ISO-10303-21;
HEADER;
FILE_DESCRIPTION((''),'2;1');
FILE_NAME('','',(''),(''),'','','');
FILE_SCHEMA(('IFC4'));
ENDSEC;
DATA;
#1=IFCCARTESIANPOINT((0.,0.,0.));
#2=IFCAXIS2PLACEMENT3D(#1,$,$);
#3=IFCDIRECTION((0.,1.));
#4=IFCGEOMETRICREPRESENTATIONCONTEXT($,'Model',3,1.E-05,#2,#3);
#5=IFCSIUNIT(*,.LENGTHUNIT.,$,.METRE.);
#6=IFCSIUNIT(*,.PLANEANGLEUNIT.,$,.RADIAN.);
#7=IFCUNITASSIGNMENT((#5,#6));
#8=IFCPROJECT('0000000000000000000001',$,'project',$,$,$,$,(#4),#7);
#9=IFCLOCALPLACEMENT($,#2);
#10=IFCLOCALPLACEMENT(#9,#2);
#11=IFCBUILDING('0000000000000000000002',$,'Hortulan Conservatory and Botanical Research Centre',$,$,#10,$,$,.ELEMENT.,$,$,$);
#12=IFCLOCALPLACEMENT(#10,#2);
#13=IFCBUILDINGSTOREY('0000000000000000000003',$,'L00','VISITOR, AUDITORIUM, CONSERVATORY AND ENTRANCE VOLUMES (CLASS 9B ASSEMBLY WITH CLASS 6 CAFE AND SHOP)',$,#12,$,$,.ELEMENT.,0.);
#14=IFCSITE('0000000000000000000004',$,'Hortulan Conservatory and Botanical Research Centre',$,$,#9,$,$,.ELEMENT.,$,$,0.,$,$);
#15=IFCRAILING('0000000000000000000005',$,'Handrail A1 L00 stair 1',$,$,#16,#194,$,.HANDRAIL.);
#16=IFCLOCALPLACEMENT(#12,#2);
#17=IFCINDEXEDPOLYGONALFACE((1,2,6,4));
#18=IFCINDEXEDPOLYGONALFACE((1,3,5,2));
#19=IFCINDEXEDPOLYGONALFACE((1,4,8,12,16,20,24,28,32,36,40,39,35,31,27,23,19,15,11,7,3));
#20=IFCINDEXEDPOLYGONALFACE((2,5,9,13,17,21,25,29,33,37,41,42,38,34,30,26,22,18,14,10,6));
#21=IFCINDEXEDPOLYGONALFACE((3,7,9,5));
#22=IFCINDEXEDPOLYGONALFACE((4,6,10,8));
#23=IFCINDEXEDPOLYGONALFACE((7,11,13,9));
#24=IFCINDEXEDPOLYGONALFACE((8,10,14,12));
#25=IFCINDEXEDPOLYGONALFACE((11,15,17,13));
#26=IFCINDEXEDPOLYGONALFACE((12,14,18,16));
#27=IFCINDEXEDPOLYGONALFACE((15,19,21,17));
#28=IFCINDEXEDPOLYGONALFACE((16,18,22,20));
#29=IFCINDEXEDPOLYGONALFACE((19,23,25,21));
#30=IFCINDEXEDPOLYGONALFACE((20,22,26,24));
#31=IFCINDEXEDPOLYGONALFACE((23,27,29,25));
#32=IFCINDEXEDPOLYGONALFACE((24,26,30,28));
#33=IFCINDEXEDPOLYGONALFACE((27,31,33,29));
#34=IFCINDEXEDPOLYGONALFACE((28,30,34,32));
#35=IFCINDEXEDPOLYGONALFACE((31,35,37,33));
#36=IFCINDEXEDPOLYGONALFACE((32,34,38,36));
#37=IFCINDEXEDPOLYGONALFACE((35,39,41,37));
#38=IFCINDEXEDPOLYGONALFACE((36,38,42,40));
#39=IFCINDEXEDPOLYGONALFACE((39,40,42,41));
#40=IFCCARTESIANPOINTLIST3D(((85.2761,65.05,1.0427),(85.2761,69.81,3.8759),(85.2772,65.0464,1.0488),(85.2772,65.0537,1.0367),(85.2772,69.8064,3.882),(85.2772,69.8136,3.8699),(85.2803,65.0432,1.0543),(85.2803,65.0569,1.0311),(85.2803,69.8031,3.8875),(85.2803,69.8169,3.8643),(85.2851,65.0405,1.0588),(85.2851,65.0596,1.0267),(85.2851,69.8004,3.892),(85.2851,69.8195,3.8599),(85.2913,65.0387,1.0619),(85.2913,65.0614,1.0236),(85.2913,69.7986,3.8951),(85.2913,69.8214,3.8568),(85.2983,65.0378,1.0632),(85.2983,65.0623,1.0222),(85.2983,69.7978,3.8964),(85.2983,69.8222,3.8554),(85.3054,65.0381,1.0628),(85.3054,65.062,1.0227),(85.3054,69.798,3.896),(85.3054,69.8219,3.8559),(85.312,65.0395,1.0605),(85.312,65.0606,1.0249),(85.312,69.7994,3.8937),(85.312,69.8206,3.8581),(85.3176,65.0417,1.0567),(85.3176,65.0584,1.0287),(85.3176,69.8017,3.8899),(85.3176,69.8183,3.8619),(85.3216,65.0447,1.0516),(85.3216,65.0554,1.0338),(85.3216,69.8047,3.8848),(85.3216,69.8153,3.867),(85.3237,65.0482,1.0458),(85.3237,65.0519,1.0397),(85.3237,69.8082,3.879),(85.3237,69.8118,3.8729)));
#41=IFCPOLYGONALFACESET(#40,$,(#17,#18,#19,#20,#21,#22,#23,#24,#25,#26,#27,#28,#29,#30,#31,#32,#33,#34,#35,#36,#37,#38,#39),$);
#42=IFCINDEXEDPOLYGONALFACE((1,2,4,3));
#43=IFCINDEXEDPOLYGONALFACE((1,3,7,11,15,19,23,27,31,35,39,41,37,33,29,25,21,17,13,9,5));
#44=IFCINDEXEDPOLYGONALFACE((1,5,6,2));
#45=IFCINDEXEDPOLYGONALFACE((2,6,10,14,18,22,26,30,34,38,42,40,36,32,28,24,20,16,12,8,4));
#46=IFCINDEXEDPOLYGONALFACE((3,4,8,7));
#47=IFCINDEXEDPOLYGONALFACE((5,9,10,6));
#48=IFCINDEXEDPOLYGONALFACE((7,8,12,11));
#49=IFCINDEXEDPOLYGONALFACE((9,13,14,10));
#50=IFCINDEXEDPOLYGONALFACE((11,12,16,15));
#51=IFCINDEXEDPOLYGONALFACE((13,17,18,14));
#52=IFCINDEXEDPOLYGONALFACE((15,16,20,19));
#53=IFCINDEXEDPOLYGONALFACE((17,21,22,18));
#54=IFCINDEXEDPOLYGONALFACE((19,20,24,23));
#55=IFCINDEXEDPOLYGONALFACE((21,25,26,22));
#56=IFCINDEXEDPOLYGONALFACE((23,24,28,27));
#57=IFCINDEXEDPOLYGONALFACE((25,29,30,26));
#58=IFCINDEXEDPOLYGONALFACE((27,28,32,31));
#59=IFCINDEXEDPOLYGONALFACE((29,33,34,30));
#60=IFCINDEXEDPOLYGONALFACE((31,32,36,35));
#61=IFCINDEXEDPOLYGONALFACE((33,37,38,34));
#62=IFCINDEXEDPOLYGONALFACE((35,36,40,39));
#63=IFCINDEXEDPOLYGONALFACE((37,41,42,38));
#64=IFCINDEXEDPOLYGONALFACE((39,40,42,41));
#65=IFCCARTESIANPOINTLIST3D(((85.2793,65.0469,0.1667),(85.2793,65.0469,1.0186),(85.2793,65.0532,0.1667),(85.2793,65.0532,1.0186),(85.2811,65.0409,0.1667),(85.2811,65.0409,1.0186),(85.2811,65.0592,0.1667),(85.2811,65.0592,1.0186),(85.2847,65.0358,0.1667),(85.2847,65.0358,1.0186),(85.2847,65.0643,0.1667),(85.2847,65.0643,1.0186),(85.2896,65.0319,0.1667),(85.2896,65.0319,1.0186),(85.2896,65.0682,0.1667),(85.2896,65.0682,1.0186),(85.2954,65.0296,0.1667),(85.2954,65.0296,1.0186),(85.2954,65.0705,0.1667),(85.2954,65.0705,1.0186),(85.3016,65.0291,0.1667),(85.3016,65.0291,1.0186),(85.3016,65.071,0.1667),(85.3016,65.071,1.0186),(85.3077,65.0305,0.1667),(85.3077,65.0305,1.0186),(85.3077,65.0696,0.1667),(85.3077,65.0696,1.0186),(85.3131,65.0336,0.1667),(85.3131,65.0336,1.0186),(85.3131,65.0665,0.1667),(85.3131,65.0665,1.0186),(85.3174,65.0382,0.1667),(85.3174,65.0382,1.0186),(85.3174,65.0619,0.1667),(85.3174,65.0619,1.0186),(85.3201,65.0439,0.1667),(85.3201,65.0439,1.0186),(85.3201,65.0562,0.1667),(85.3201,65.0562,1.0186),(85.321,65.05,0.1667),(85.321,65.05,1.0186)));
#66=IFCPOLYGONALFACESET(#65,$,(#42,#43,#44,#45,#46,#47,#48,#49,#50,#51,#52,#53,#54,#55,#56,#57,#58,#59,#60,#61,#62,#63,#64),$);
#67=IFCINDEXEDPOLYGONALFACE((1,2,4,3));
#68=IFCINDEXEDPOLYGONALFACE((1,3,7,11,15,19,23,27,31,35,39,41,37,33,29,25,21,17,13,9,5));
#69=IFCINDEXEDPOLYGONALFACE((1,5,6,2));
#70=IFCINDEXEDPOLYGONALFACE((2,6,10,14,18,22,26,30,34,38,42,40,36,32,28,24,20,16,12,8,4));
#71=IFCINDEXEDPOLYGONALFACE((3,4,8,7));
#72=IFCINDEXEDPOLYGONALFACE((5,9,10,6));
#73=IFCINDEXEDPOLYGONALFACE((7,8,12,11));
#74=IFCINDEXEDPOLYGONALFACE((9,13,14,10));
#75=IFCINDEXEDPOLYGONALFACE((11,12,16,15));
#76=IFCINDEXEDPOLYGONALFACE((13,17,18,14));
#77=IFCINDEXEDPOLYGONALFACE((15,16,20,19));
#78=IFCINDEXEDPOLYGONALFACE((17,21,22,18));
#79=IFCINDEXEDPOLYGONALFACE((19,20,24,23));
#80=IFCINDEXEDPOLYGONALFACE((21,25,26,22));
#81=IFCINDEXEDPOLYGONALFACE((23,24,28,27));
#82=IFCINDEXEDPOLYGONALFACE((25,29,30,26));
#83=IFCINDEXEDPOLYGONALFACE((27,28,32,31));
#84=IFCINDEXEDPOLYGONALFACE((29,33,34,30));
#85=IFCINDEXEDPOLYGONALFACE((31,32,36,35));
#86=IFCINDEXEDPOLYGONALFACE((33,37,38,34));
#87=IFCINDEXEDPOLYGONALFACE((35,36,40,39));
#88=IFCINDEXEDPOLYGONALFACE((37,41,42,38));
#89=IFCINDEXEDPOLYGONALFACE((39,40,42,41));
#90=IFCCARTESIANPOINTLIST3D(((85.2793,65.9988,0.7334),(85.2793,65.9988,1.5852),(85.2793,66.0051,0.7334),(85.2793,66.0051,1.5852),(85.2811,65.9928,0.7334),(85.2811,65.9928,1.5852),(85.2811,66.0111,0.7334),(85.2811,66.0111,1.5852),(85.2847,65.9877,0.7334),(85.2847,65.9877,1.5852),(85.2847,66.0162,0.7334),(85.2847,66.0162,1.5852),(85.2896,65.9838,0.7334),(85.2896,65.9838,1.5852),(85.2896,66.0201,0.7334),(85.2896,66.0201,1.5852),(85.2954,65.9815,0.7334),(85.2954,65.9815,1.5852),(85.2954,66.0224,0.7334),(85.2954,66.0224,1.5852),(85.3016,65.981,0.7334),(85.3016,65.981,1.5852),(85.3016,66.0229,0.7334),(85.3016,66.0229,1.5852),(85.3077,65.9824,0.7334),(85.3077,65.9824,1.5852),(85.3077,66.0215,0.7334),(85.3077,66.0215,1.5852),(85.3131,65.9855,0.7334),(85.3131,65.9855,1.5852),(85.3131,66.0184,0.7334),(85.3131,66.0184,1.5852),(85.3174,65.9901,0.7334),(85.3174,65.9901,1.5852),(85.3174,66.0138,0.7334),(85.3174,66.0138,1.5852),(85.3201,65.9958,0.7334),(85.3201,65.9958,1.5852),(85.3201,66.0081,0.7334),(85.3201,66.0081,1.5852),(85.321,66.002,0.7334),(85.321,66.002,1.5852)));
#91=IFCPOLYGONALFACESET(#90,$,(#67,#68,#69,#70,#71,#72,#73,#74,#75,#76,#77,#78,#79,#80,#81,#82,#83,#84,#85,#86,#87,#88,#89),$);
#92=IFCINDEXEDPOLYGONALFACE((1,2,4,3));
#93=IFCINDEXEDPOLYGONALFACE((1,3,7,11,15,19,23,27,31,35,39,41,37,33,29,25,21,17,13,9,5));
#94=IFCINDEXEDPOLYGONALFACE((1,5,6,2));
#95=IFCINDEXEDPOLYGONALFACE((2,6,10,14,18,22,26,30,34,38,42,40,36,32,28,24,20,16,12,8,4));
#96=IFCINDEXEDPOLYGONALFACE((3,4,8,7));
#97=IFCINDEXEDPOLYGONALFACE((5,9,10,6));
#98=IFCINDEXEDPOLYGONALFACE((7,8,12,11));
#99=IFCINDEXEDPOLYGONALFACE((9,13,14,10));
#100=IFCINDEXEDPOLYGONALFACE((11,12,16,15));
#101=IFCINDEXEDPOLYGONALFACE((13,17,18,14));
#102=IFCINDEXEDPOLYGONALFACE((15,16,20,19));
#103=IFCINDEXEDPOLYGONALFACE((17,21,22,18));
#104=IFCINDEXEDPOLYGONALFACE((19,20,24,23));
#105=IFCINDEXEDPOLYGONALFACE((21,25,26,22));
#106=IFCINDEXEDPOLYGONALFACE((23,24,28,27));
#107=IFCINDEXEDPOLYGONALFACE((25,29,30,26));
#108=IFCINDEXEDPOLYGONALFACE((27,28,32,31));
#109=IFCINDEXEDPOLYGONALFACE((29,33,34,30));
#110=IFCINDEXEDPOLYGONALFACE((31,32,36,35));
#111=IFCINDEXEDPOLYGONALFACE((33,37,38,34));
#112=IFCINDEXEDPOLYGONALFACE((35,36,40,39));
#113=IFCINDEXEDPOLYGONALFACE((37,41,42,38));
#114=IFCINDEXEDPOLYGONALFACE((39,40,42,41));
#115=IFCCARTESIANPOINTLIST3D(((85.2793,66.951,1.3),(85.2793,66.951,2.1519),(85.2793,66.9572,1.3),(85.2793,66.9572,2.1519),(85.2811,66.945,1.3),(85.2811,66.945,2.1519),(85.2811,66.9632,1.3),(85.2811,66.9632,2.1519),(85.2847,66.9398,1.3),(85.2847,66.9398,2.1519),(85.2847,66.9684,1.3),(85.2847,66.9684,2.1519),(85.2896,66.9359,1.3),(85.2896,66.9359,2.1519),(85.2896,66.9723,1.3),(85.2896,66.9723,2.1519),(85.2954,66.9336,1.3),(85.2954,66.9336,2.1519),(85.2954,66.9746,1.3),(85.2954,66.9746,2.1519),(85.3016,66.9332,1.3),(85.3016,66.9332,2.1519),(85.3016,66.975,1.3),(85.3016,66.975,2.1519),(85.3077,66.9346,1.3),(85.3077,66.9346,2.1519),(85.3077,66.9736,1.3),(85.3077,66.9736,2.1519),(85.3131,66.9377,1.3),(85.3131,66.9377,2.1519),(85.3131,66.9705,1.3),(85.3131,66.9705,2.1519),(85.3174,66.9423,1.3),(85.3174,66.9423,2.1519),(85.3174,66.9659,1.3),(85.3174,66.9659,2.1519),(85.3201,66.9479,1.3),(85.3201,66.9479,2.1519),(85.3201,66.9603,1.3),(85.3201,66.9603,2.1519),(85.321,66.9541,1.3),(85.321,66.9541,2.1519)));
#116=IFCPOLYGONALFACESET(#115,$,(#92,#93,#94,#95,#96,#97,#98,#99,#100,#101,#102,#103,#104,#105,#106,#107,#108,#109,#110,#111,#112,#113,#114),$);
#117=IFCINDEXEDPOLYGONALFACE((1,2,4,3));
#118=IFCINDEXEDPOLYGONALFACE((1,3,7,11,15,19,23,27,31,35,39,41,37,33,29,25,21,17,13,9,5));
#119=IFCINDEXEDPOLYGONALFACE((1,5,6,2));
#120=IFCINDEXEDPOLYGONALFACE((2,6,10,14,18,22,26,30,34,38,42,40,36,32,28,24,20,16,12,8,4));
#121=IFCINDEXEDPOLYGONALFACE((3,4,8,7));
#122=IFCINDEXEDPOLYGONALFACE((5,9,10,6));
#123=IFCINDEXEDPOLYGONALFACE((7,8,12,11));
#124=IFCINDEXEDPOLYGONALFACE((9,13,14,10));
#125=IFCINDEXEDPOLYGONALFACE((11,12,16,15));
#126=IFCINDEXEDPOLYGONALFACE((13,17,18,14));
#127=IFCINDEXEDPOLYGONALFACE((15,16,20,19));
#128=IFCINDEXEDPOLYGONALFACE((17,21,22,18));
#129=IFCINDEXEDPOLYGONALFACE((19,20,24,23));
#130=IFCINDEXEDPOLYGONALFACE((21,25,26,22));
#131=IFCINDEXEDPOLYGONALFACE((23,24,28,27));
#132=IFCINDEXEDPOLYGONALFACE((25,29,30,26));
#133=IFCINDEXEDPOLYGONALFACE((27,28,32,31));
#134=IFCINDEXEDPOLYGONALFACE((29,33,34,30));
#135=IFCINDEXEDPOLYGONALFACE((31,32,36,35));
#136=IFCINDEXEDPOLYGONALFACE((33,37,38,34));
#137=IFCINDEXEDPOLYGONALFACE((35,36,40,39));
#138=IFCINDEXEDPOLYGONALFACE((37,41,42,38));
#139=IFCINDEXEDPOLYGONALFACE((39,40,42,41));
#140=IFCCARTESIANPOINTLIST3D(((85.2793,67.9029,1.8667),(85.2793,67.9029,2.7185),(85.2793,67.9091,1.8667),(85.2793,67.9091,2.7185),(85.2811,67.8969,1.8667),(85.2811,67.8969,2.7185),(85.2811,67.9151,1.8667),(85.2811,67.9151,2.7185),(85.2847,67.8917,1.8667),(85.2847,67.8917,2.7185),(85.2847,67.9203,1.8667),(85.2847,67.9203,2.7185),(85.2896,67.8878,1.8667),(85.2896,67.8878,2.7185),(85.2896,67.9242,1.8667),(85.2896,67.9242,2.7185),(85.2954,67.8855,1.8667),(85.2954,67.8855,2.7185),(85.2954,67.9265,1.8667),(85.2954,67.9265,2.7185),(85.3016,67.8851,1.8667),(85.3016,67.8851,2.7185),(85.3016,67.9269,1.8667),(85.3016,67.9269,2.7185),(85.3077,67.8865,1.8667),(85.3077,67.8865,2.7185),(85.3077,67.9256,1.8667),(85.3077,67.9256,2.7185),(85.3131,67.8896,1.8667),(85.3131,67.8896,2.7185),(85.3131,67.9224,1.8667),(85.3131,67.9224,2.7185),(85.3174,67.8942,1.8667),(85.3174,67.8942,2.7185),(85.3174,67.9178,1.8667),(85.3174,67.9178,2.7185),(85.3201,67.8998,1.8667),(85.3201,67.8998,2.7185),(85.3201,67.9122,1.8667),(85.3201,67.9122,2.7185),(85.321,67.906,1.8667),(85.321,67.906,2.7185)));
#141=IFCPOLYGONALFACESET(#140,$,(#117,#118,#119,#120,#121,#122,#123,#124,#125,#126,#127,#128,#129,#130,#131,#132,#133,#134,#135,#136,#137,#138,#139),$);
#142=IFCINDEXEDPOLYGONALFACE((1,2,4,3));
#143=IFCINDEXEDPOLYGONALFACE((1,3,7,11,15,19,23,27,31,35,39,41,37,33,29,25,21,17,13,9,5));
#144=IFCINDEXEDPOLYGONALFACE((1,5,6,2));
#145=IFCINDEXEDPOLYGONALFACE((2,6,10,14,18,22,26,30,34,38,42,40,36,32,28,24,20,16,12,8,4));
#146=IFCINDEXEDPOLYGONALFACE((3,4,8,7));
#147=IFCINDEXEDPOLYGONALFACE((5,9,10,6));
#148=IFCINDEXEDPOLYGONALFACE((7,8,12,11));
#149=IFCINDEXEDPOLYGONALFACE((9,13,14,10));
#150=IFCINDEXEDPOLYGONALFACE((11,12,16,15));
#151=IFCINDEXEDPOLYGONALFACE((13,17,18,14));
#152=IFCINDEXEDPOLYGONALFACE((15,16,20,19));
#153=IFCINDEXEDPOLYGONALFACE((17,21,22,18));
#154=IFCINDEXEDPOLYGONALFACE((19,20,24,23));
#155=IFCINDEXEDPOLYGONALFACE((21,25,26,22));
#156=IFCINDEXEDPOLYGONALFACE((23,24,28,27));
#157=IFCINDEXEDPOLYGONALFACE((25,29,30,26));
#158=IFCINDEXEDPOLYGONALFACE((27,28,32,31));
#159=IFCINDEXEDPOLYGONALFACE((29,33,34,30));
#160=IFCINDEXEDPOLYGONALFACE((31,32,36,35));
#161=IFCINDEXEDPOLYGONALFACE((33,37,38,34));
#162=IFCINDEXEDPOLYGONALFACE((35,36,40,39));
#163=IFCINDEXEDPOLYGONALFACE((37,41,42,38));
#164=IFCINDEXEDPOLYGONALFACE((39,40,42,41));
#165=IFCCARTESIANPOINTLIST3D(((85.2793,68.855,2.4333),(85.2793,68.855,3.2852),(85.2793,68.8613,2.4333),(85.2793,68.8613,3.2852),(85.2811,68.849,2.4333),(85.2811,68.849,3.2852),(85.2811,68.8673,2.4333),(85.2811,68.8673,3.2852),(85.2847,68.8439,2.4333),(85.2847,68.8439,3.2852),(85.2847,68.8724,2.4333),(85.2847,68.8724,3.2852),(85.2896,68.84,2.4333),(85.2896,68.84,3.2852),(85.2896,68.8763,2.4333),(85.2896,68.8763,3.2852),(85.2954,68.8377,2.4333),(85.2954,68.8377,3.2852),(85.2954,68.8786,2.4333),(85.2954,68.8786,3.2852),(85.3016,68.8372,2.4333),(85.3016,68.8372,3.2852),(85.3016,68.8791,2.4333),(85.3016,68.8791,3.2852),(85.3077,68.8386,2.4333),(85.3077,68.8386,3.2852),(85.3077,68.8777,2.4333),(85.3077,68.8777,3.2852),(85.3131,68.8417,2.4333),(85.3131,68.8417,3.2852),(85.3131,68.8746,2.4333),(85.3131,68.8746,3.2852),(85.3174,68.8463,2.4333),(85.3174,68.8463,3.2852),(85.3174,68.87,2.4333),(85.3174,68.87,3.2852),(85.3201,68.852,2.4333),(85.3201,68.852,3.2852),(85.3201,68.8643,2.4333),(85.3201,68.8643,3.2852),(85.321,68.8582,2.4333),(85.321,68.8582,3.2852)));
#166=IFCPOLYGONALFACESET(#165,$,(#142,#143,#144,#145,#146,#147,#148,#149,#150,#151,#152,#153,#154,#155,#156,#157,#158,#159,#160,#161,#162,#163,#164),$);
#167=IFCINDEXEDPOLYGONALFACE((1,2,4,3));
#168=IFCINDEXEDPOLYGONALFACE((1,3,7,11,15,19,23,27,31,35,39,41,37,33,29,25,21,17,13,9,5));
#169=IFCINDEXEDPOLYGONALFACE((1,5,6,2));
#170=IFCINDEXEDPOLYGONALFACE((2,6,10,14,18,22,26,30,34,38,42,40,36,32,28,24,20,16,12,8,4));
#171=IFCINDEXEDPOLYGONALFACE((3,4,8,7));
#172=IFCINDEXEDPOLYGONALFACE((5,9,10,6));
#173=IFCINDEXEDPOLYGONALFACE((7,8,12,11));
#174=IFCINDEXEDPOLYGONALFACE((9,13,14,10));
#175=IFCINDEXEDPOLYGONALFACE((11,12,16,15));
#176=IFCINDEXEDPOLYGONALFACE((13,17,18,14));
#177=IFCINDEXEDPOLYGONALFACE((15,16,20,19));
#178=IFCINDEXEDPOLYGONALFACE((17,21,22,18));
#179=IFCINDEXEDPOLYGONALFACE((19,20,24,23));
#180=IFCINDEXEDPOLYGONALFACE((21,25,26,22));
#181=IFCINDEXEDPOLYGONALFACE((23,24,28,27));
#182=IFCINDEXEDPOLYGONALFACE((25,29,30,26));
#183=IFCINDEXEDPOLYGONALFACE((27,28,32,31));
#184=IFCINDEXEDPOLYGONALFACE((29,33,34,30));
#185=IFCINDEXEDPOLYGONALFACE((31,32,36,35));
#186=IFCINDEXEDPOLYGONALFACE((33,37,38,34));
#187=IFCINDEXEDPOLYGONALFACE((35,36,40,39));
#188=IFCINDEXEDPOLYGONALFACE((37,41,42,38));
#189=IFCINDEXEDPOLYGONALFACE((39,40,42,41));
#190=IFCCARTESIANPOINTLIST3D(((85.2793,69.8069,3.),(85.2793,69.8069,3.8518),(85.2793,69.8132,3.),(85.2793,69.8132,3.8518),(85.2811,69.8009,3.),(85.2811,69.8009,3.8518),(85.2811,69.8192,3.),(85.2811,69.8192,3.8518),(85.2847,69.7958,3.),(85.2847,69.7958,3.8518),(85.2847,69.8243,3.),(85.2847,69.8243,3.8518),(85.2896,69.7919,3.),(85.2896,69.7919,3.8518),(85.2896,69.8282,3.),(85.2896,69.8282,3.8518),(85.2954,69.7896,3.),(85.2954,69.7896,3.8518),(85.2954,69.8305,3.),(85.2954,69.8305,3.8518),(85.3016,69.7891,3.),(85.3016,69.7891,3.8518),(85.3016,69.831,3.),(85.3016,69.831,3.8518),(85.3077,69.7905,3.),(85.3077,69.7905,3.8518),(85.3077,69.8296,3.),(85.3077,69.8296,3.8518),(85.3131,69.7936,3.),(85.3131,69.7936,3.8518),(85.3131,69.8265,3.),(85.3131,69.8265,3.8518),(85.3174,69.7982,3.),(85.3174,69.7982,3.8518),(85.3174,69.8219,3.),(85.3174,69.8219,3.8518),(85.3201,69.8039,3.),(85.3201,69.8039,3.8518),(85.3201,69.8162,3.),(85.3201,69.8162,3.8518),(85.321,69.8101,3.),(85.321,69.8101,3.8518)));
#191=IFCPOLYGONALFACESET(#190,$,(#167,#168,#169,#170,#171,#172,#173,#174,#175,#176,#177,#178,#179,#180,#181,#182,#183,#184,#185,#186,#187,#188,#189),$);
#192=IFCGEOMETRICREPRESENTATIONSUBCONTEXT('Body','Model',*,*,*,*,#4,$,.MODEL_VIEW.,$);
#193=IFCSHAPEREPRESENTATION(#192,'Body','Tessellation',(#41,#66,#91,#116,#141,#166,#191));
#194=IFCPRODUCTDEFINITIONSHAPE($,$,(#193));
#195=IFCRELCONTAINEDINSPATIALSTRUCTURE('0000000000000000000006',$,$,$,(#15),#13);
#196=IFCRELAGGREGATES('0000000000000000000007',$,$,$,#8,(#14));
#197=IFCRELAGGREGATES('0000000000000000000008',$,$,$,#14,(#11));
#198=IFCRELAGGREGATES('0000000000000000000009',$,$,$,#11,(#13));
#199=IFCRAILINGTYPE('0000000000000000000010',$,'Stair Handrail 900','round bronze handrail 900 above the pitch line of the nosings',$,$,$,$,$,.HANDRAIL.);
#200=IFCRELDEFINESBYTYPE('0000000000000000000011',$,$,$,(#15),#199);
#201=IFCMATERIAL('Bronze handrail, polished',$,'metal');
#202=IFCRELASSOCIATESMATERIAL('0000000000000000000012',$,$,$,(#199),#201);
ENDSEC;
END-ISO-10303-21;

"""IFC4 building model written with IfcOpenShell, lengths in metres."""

from ifc_helpers import new_model, si_unit, direction, frame, origin, origin_2d, place, context, subcontext, project, spatial, circle, extrude, material, type_object, element, save


model = new_model("IFC4")

# Units and contexts
model_context = context("Model", 3, precision=1e-05, world=origin(), true_north=direction((0.0, 1.0)))
body_context = subcontext(model_context, "Body", "Model", "MODEL_VIEW")
ifc_project = project(units=[si_unit("LENGTHUNIT", "METRE"), si_unit("PLANEANGLEUNIT", "RADIAN")], contexts=[model_context])

# Site, building, storey
site_placement = place(None, origin())
site = spatial("IfcSite", under=ifc_project, at=site_placement, Name="Hortulan Conservatory and Botanical Research Centre", CompositionType="ELEMENT", RefElevation=0.0)
building_placement = place(site_placement, origin())
building = spatial("IfcBuilding", under=site, at=building_placement, Name="Hortulan Conservatory and Botanical Research Centre", CompositionType="ELEMENT")
storey_placement = place(building_placement, origin())
storey = spatial("IfcBuildingStorey", under=building, at=storey_placement, Name="L00", Description="VISITOR, AUDITORIUM, CONSERVATORY AND ENTRANCE VOLUMES (CLASS 9B ASSEMBLY WITH CLASS 6 CAFE AND SHOP)", CompositionType="ELEMENT", Elevation=0.0)

# Railing
ifc_material_1 = material(Name="Bronze handrail, polished", Category="metal")
railing_type_1 = type_object("IfcRailingType", Name="Stair Handrail 900", Description="round bronze handrail 900 above the pitch line of the nosings", PredefinedType="HANDRAIL", material=ifc_material_1)
for number, where, name in (
    (1, (85.3, 65.05, 0.1667), "Handrail A1 L00 stair 1"),
):
    element("IfcRailing", number, at=place(storey_placement, frame(where)), inside=storey, type_object=railing_type_1, Name=name, PredefinedType="HANDRAIL", context=body_context, shape_type="SweptSolid", body=[
        extrude(circle(Radius=0.0239, at=origin_2d()), frame((0.0, 0.0, 0.876), z_axis=(0.0, 0.8593, 0.511472), x_axis=(-1.0, 0.0, 0.0)), (0.0, 0.0, 1.0), 5.5393),
        extrude(circle(Radius=0.021, at=origin_2d()), origin(), (0.0, 0.0, 1.0), 0.8518),
        extrude(circle(Radius=0.021, at=origin_2d()), frame((0.0, 0.9519, 0.5667)), (0.0, 0.0, 1.0), 0.8518),
        extrude(circle(Radius=0.021, at=origin_2d()), frame((0.0, 1.9041, 1.1333)), (0.0, 0.0, 1.0), 0.8518),
        extrude(circle(Radius=0.021, at=origin_2d()), frame((0.0, 2.856, 1.7)), (0.0, 0.0, 1.0), 0.8518),
        extrude(circle(Radius=0.021, at=origin_2d()), frame((0.0, 3.8081, 2.2666)), (0.0, 0.0, 1.0), 0.8518),
        extrude(circle(Radius=0.021, at=origin_2d()), frame((0.0, 4.76, 2.8333)), (0.0, 0.0, 1.0), 0.8518),
    ])

save(model, "model.ifc")
